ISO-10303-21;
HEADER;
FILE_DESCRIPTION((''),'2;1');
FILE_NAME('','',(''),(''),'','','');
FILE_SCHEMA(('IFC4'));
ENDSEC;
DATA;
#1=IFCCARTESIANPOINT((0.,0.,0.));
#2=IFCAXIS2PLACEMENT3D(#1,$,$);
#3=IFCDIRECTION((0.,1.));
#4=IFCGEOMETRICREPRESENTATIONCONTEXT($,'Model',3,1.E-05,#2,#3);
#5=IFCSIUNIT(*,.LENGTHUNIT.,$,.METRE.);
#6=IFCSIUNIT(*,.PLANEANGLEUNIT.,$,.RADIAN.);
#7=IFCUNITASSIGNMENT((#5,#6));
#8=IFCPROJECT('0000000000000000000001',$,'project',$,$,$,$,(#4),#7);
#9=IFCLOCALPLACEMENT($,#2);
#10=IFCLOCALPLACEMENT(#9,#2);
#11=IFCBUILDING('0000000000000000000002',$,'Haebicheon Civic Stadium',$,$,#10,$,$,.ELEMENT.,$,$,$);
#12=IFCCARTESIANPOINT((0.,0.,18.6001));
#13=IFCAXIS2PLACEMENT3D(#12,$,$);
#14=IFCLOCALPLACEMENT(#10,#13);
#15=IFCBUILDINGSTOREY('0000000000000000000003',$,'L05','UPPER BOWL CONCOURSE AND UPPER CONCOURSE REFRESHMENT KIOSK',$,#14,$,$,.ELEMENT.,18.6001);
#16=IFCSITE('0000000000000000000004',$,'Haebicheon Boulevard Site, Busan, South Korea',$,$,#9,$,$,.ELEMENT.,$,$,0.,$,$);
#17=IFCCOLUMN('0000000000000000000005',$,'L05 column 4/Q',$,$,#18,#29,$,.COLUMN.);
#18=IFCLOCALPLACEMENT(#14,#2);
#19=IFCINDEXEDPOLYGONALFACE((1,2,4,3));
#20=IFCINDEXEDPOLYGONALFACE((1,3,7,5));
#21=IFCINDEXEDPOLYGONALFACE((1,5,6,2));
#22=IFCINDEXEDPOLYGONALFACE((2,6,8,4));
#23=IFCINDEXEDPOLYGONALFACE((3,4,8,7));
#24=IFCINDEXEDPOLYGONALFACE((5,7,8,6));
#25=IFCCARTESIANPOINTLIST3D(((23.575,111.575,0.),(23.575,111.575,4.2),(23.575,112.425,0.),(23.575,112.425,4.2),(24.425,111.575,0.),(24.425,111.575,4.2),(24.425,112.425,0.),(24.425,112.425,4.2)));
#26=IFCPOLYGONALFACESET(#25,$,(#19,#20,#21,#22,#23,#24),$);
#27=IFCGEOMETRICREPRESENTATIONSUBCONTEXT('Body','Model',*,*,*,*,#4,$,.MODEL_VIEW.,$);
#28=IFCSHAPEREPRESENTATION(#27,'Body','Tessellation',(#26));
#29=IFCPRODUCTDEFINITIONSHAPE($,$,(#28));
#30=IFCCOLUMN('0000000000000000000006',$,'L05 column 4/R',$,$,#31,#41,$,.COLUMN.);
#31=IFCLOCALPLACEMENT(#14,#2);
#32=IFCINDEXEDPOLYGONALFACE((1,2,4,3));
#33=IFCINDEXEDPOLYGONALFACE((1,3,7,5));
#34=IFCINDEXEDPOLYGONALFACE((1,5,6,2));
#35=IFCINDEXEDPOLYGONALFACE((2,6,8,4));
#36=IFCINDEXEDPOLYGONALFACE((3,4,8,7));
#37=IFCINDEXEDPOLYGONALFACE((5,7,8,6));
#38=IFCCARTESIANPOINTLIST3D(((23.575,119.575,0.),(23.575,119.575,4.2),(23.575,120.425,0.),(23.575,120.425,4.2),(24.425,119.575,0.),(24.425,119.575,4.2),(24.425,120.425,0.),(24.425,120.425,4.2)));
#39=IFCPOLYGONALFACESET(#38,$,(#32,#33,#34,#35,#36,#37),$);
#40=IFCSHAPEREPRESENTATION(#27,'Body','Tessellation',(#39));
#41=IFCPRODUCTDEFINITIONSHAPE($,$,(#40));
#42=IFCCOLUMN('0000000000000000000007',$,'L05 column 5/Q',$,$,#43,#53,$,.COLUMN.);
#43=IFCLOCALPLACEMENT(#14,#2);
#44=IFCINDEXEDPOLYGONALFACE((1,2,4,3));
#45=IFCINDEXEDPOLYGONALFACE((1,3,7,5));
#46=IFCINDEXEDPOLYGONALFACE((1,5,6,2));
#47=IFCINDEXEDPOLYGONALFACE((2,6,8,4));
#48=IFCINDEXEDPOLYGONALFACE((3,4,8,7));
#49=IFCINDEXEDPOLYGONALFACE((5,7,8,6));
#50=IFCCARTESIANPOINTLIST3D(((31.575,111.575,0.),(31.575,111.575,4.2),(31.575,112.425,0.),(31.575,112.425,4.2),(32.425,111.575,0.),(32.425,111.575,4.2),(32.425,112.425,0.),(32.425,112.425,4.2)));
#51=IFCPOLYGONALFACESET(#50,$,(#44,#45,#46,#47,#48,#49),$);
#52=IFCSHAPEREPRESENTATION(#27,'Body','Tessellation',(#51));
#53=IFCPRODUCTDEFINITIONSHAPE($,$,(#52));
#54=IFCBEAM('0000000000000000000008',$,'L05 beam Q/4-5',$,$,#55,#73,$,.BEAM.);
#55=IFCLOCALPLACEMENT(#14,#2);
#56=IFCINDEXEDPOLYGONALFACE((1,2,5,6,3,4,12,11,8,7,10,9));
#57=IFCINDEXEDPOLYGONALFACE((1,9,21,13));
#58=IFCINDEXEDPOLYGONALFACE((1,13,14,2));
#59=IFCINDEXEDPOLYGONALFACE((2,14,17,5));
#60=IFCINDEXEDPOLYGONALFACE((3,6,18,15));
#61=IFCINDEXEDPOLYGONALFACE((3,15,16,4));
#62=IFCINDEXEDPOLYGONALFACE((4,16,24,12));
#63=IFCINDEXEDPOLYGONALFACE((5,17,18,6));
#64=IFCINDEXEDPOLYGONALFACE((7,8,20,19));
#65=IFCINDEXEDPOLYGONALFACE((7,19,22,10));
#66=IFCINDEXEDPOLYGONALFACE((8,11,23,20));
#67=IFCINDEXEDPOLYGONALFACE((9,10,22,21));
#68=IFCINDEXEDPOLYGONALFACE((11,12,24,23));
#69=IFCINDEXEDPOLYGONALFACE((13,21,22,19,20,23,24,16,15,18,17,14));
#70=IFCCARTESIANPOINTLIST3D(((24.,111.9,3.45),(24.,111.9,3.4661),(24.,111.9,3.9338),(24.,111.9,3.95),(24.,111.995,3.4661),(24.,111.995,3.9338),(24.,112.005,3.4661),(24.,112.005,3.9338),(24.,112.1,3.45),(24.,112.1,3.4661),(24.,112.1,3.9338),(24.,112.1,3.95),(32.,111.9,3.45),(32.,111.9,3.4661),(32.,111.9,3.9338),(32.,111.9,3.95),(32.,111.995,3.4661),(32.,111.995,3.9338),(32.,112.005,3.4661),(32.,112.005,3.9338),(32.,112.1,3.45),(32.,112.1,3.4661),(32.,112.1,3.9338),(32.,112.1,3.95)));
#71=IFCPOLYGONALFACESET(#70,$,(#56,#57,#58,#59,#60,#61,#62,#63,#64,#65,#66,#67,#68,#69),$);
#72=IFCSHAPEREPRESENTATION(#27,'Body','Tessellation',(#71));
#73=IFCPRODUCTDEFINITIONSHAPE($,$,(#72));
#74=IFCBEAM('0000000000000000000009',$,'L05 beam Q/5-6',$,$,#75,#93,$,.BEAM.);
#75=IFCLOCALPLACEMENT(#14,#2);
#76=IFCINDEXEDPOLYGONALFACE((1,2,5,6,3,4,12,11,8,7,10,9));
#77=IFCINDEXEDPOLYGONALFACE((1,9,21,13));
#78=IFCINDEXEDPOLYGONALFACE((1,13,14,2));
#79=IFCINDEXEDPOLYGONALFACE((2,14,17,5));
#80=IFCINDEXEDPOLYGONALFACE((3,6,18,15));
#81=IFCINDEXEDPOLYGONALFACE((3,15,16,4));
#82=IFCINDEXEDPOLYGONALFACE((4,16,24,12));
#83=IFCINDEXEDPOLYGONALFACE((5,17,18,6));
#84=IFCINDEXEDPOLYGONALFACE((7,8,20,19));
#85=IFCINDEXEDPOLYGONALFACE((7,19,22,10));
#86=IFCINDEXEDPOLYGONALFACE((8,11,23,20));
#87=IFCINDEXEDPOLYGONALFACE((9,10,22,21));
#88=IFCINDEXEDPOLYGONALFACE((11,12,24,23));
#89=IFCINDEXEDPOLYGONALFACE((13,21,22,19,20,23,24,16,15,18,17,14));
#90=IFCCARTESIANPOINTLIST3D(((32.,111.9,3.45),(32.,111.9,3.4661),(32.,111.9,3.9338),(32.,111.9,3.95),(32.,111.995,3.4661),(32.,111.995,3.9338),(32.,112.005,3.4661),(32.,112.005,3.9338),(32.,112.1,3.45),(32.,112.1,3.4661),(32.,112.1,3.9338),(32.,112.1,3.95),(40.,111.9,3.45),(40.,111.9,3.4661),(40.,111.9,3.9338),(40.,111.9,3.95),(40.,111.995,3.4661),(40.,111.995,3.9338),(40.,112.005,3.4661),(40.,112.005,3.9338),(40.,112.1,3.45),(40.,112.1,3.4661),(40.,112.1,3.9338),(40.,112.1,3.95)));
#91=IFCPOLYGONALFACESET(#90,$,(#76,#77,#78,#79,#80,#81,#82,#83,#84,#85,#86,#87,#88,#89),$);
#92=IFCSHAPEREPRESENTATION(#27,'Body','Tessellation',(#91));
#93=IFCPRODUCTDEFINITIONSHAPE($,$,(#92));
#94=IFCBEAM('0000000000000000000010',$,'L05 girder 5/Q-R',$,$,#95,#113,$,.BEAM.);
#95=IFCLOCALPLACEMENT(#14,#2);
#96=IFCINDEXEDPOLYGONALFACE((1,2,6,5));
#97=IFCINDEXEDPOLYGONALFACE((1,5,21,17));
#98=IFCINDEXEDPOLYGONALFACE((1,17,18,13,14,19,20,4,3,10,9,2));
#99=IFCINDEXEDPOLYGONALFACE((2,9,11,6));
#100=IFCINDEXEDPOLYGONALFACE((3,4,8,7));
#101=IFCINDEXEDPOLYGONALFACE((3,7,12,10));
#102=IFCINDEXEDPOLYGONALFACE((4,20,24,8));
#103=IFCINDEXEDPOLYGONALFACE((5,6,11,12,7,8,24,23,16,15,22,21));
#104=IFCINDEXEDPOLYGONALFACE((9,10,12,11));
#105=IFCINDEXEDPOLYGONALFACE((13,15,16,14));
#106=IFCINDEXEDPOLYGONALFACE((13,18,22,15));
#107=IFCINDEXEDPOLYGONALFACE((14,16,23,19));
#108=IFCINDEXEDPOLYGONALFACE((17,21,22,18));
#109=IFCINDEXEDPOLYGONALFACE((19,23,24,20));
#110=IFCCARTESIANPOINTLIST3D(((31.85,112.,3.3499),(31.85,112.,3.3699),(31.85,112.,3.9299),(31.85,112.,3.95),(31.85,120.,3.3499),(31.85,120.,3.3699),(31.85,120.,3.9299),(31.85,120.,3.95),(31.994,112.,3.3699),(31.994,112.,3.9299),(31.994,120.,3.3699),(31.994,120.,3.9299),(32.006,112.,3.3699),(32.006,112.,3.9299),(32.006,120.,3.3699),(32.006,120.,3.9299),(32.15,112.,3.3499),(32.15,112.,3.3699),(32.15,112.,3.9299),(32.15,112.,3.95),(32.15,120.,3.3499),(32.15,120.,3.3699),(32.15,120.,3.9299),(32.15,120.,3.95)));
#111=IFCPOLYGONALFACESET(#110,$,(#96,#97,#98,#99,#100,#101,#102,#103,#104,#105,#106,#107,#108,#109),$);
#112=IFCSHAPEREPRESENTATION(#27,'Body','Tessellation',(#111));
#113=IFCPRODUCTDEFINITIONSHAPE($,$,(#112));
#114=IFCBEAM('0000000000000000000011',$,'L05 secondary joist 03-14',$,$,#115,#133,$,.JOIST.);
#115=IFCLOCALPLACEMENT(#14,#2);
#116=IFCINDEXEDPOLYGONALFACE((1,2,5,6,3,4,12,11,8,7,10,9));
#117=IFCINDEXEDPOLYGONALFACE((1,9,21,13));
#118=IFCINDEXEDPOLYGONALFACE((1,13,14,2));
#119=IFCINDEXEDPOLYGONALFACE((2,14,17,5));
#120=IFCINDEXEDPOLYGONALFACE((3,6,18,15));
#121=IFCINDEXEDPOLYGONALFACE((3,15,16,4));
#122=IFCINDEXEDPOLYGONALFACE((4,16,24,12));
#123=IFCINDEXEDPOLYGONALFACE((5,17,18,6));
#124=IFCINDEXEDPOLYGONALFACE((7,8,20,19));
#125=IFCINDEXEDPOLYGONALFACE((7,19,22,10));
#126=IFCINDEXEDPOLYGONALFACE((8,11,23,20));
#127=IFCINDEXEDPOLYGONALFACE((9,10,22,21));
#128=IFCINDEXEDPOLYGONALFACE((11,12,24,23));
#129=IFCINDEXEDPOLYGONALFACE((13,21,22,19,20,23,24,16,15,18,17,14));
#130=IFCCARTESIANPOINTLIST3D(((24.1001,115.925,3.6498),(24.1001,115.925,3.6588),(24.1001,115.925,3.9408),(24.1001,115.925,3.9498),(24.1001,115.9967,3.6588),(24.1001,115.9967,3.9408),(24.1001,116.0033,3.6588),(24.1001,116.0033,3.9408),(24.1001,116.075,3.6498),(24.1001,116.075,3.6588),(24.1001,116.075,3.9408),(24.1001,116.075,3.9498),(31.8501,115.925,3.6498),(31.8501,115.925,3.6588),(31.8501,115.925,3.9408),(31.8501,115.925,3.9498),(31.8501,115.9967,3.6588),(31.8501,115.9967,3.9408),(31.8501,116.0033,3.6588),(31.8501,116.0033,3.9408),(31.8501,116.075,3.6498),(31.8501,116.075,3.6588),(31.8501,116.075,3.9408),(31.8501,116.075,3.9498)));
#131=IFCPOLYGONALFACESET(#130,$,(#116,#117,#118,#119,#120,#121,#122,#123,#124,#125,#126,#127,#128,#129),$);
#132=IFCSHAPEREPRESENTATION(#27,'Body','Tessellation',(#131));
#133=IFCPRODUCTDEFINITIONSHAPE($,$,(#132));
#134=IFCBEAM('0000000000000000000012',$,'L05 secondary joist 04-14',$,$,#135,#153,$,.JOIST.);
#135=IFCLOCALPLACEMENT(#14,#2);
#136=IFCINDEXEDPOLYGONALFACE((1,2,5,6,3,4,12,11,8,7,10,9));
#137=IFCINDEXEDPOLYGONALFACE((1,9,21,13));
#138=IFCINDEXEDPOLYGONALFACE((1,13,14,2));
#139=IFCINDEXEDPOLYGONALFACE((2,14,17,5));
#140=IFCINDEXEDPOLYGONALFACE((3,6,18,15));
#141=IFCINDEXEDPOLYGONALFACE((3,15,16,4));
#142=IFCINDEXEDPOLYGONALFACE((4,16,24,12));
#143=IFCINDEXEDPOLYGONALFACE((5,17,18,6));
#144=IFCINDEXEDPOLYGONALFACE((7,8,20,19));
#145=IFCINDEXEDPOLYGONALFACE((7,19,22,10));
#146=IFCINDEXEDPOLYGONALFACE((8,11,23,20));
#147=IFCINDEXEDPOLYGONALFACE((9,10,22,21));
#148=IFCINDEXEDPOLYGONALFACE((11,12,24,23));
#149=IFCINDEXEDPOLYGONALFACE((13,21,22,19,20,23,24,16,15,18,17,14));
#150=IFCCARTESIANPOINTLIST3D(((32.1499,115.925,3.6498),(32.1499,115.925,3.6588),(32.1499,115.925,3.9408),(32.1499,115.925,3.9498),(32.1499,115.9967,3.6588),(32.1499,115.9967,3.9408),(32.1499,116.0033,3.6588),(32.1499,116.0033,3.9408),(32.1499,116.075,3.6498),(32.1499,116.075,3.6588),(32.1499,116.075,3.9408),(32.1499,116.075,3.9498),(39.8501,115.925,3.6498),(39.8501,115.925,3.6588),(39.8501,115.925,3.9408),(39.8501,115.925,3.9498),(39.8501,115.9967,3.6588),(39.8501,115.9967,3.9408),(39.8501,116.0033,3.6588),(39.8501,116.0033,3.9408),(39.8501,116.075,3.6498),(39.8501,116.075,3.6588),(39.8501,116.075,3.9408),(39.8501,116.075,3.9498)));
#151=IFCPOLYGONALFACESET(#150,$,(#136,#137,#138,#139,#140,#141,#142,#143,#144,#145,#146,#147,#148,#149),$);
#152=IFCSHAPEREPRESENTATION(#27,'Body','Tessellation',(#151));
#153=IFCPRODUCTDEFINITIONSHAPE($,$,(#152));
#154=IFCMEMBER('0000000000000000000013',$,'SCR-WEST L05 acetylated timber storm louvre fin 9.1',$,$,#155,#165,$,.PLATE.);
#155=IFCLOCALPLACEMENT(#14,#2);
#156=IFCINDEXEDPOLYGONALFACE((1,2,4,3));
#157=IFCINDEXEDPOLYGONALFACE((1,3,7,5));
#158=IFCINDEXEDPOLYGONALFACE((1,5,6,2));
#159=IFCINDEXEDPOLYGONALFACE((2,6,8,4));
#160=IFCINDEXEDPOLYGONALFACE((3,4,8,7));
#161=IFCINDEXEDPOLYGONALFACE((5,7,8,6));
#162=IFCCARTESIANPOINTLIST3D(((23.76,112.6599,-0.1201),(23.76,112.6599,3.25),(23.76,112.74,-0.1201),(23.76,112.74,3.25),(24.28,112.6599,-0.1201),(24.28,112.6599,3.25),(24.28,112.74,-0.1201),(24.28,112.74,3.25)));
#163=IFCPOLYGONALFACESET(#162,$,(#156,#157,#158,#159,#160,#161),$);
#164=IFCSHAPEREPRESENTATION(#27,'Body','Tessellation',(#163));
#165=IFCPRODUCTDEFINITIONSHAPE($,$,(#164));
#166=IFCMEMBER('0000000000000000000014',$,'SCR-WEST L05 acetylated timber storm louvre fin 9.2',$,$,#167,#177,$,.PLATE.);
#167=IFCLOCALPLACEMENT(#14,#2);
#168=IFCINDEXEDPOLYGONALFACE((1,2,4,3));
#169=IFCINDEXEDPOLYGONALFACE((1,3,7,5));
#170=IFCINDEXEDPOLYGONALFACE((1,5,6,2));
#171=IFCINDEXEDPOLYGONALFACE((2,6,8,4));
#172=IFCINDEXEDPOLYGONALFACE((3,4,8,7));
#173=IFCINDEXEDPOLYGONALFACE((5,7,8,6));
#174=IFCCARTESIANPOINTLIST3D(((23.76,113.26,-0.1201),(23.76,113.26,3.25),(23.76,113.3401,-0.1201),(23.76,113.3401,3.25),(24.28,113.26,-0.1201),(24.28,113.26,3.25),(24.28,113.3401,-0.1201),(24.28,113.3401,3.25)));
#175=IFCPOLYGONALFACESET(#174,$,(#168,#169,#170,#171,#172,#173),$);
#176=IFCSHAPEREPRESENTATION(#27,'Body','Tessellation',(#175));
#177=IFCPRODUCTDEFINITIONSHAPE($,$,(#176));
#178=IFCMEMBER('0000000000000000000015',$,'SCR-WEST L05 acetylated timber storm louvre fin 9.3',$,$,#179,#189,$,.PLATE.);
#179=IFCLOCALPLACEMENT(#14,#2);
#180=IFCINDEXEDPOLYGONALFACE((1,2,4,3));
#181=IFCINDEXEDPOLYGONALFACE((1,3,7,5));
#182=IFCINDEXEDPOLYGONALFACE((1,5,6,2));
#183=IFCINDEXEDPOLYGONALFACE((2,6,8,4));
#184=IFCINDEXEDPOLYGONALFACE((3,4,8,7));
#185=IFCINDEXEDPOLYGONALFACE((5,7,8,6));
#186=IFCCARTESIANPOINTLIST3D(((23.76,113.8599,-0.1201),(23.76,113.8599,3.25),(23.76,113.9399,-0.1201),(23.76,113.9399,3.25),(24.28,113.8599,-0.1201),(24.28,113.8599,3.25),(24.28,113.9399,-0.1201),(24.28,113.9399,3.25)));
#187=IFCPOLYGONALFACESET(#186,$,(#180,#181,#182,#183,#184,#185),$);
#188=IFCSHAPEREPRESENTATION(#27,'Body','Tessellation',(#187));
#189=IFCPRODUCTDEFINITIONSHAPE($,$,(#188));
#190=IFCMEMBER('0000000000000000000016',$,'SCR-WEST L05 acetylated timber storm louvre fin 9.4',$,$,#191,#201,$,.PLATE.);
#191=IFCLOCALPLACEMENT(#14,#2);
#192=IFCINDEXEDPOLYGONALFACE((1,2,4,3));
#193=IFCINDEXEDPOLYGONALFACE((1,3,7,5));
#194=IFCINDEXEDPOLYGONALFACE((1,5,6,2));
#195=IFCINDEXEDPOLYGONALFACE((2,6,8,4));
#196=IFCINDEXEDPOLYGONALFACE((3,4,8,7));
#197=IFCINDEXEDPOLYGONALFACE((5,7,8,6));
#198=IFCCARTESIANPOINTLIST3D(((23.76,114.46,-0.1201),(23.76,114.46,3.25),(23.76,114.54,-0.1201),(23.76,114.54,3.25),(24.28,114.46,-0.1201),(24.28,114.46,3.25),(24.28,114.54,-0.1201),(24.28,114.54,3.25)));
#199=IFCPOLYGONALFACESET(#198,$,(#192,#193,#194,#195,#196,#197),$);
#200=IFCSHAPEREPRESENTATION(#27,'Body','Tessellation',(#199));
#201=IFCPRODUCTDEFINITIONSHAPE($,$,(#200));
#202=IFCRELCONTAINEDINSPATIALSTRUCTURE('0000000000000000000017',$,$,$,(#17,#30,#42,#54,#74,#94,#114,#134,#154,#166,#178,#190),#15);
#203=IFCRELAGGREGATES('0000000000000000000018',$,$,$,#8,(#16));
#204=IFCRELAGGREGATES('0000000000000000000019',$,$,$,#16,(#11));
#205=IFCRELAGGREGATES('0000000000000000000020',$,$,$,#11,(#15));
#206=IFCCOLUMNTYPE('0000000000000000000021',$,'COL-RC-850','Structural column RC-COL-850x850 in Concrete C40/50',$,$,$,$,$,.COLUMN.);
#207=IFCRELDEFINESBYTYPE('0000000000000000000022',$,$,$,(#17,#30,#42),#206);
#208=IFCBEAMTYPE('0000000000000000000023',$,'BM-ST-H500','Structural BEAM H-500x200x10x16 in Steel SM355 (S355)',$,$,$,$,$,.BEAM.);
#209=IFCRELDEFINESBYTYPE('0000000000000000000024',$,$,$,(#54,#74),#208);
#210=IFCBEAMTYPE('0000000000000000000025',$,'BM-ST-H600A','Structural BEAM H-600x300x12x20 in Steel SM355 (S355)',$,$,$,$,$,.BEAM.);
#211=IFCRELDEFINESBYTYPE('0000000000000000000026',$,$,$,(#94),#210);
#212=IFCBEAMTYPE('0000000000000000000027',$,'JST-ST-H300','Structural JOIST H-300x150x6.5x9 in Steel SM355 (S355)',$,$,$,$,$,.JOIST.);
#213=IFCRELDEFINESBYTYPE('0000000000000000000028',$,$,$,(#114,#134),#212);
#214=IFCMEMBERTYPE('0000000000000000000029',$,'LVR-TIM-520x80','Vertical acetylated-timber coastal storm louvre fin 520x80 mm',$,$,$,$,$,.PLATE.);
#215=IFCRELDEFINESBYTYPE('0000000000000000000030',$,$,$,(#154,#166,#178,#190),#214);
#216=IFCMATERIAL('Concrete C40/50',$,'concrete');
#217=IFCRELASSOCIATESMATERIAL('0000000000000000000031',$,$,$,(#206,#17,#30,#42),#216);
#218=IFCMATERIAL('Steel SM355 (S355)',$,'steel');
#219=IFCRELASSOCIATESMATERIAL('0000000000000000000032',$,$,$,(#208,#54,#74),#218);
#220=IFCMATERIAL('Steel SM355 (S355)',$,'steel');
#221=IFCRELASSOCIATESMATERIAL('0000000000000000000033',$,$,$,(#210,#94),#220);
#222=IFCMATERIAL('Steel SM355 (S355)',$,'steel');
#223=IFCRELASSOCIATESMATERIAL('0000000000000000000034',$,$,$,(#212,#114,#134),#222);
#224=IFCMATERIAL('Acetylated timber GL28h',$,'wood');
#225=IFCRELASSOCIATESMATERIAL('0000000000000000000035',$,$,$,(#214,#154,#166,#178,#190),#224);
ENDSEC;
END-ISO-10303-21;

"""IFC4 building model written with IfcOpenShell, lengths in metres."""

from ifc_helpers import new_model, si_unit, direction, frame, origin, origin_2d, place, context, subcontext, project, spatial, rectangle, i_section, extrude, material, material_profile, profile_set, type_object, element, save


model = new_model("IFC4")

# Units and contexts
model_context = context("Model", 3, precision=1e-05, world=origin(), true_north=direction((0.0, 1.0)))
body_context = subcontext(model_context, "Body", "Model", "MODEL_VIEW")
ifc_project = project(units=[si_unit("LENGTHUNIT", "METRE"), si_unit("PLANEANGLEUNIT", "RADIAN")], contexts=[model_context])

# Site, building, storey
site_placement = place(None, origin())
site = spatial("IfcSite", under=ifc_project, at=site_placement, Name="Haebicheon Boulevard Site, Busan, South Korea", CompositionType="ELEMENT", RefElevation=0.0)
building_placement = place(site_placement, origin())
building = spatial("IfcBuilding", under=site, at=building_placement, Name="Haebicheon Civic Stadium", CompositionType="ELEMENT")
storey_placement = place(building_placement, frame((0.0, 0.0, 18.6001)))
storey = spatial("IfcBuildingStorey", under=building, at=storey_placement, Name="L05", Description="UPPER BOWL CONCOURSE AND UPPER CONCOURSE REFRESHMENT KIOSK", CompositionType="ELEMENT", Elevation=18.6001)

# Columns
ifc_material_1 = material(Name="Concrete C40/50", Category="concrete")
ifc_material_profile_1 = material_profile(ifc_material_1, rectangle(XDim=0.8501, YDim=0.8501, at=origin_2d()), Name="RC-COL-850x850")
ifc_profile_set_1 = profile_set([ifc_material_profile_1], Name="Concrete C40/50")
column_type = type_object("IfcColumnType", Name="COL-RC-850", Description="Structural column RC-COL-850x850 in Concrete C40/50", PredefinedType="COLUMN", material=ifc_profile_set_1)
for number, where, z_axis, x_axis, name in (
    (1, (24.0, 112.0, 0.0), (0.0, 0.0, 1.0), (1.0, 0.0, 0.0), "L05 column 4/Q"),
    (2, (24.0, 120.0, 0.0), (0.0, 0.0, 1.0), (1.0, 0.0, 0.0), "L05 column 4/R"),
    (3, (32.0, 112.0, 0.0), (0.0, 0.0, 1.0), (1.0, 0.0, 0.0), "L05 column 5/Q"),
):
    element("IfcColumn", number, at=place(storey_placement, frame(where, z_axis=z_axis, x_axis=x_axis)), inside=storey, type_object=column_type, material=ifc_profile_set_1, Name=name, PredefinedType="COLUMN", context=body_context, shape_type="SweptSolid", body=[
        extrude(rectangle(XDim=0.8501, YDim=0.8501, at=origin_2d()), origin(), (0.0, 0.0, 1.0), 4.2),
    ])

# Beams
ifc_material_2 = material(Name="Steel SM355 (S355)", Category="steel")
ifc_material_profile_2 = material_profile(ifc_material_2, i_section(OverallWidth=0.2, OverallDepth=0.5, WebThickness=0.01, FlangeThickness=0.0161, at=origin_2d()), Name="H-500x200x10x16")
ifc_profile_set_2 = profile_set([ifc_material_profile_2], Name="Steel SM355 (S355)")
beam_type_1 = type_object("IfcBeamType", Name="BM-ST-H500", Description="Structural BEAM H-500x200x10x16 in Steel SM355 (S355)", PredefinedType="BEAM", material=ifc_profile_set_2)
for number, where, z_axis, x_axis, name in (
    (4, (24.0, 112.0, 3.7), (1.0, 0.0, 0.0), (0.0, 1.0, 0.0), "L05 beam Q/4-5"),
    (5, (32.0, 112.0, 3.7), (1.0, 0.0, 0.0), (0.0, 1.0, 0.0), "L05 beam Q/5-6"),
):
    element("IfcBeam", number, at=place(storey_placement, frame(where, z_axis=z_axis, x_axis=x_axis)), inside=storey, type_object=beam_type_1, material=ifc_profile_set_2, Name=name, PredefinedType="BEAM", context=body_context, shape_type="SweptSolid", body=[
        extrude(i_section(OverallWidth=0.2, OverallDepth=0.5, WebThickness=0.01, FlangeThickness=0.0161, at=origin_2d()), origin(), (0.0, 0.0, 1.0), 8.0),
    ])
ifc_material_3 = material(Name="Steel SM355 (S355)", Category="steel")
ifc_material_profile_3 = material_profile(ifc_material_3, i_section(OverallWidth=0.3, OverallDepth=0.6001, WebThickness=0.012, FlangeThickness=0.02, at=origin_2d()), Name="H-600x300x12x20")
ifc_profile_set_3 = profile_set([ifc_material_profile_3], Name="Steel SM355 (S355)")
beam_type_2 = type_object("IfcBeamType", Name="BM-ST-H600A", Description="Structural BEAM H-600x300x12x20 in Steel SM355 (S355)", PredefinedType="BEAM", material=ifc_profile_set_3)
beam_1_placement = place(storey_placement, frame((32.0, 112.0, 3.6499), z_axis=(0.0, 1.0, 0.0), x_axis=(-1.0, 0.0, 0.0)))
element("IfcBeam", 6, at=beam_1_placement, inside=storey, type_object=beam_type_2, material=ifc_profile_set_3, Name="L05 girder 5/Q-R", PredefinedType="BEAM", context=body_context, shape_type="SweptSolid", body=[
    extrude(i_section(OverallWidth=0.3, OverallDepth=0.6001, WebThickness=0.012, FlangeThickness=0.02, at=origin_2d()), origin(), (0.0, 0.0, 1.0), 8.0),
])
ifc_material_4 = material(Name="Steel SM355 (S355)", Category="steel")
ifc_material_profile_4 = material_profile(ifc_material_4, i_section(OverallWidth=0.1499, OverallDepth=0.3, WebThickness=0.0066, FlangeThickness=0.009, at=origin_2d()), Name="H-300x150x6.5x9")
ifc_profile_set_4 = profile_set([ifc_material_profile_4], Name="Steel SM355 (S355)")
beam_type_3 = type_object("IfcBeamType", Name="JST-ST-H300", Description="Structural JOIST H-300x150x6.5x9 in Steel SM355 (S355)", PredefinedType="JOIST", material=ifc_profile_set_4)
beam_2_placement = place(storey_placement, frame((24.1001, 116.0, 3.7998), z_axis=(1.0, 0.0, 0.0), x_axis=(0.0, 1.0, 0.0)))
element("IfcBeam", 7, at=beam_2_placement, inside=storey, type_object=beam_type_3, material=ifc_profile_set_4, Name="L05 secondary joist 03-14", PredefinedType="JOIST", context=body_context, shape_type="SweptSolid", body=[
    extrude(i_section(OverallWidth=0.1499, OverallDepth=0.3, WebThickness=0.0066, FlangeThickness=0.009, at=origin_2d()), origin(), (0.0, 0.0, 1.0), 7.75),
])
beam_3_placement = place(storey_placement, frame((32.1499, 116.0, 3.7998), z_axis=(1.0, 0.0, 0.0), x_axis=(0.0, 1.0, 0.0)))
element("IfcBeam", 8, at=beam_3_placement, inside=storey, type_object=beam_type_3, material=ifc_profile_set_4, Name="L05 secondary joist 04-14", PredefinedType="JOIST", context=body_context, shape_type="SweptSolid", body=[
    extrude(i_section(OverallWidth=0.1499, OverallDepth=0.3, WebThickness=0.0066, FlangeThickness=0.009, at=origin_2d()), origin(), (0.0, 0.0, 1.0), 7.7002),
])

# Members
ifc_material_5 = material(Name="Acetylated timber GL28h", Category="wood")
ifc_material_profile_5 = material_profile(ifc_material_5, rectangle(XDim=0.0801, YDim=0.52, at=origin_2d()), Name="TMB-LOUV-80x520")
ifc_profile_set_5 = profile_set([ifc_material_profile_5], Name="Acetylated timber GL28h")
member_type_1 = type_object("IfcMemberType", Name="LVR-TIM-520x80", Description="Vertical acetylated-timber coastal storm louvre fin 520x80 mm", PredefinedType="PLATE", material=ifc_profile_set_5)
for number, where, z_axis, x_axis, name in (
    (9, (24.02, 112.7, -0.1201), (0.0, 0.0, 1.0), (0.0, 1.0, 0.0), "SCR-WEST L05 acetylated timber storm louvre fin 9.1"),
    (10, (24.02, 113.3, -0.1201), (0.0, 0.0, 1.0), (0.0, 1.0, 0.0), "SCR-WEST L05 acetylated timber storm louvre fin 9.2"),
    (11, (24.02, 113.8999, -0.1201), (0.0, 0.0, 1.0), (0.0, 1.0, 0.0), "SCR-WEST L05 acetylated timber storm louvre fin 9.3"),
    (12, (24.02, 114.5, -0.1201), (0.0, 0.0, 1.0), (0.0, 1.0, 0.0), "SCR-WEST L05 acetylated timber storm louvre fin 9.4"),
):
    element("IfcMember", number, at=place(storey_placement, frame(where, z_axis=z_axis, x_axis=x_axis)), inside=storey, type_object=member_type_1, material=ifc_profile_set_5, Name=name, PredefinedType="PLATE", context=body_context, shape_type="SweptSolid", body=[
        extrude(rectangle(XDim=0.0801, YDim=0.52, at=origin_2d()), origin(), (0.0, 0.0, 1.0), 3.3701),
    ])

save(model, "model.ifc")
